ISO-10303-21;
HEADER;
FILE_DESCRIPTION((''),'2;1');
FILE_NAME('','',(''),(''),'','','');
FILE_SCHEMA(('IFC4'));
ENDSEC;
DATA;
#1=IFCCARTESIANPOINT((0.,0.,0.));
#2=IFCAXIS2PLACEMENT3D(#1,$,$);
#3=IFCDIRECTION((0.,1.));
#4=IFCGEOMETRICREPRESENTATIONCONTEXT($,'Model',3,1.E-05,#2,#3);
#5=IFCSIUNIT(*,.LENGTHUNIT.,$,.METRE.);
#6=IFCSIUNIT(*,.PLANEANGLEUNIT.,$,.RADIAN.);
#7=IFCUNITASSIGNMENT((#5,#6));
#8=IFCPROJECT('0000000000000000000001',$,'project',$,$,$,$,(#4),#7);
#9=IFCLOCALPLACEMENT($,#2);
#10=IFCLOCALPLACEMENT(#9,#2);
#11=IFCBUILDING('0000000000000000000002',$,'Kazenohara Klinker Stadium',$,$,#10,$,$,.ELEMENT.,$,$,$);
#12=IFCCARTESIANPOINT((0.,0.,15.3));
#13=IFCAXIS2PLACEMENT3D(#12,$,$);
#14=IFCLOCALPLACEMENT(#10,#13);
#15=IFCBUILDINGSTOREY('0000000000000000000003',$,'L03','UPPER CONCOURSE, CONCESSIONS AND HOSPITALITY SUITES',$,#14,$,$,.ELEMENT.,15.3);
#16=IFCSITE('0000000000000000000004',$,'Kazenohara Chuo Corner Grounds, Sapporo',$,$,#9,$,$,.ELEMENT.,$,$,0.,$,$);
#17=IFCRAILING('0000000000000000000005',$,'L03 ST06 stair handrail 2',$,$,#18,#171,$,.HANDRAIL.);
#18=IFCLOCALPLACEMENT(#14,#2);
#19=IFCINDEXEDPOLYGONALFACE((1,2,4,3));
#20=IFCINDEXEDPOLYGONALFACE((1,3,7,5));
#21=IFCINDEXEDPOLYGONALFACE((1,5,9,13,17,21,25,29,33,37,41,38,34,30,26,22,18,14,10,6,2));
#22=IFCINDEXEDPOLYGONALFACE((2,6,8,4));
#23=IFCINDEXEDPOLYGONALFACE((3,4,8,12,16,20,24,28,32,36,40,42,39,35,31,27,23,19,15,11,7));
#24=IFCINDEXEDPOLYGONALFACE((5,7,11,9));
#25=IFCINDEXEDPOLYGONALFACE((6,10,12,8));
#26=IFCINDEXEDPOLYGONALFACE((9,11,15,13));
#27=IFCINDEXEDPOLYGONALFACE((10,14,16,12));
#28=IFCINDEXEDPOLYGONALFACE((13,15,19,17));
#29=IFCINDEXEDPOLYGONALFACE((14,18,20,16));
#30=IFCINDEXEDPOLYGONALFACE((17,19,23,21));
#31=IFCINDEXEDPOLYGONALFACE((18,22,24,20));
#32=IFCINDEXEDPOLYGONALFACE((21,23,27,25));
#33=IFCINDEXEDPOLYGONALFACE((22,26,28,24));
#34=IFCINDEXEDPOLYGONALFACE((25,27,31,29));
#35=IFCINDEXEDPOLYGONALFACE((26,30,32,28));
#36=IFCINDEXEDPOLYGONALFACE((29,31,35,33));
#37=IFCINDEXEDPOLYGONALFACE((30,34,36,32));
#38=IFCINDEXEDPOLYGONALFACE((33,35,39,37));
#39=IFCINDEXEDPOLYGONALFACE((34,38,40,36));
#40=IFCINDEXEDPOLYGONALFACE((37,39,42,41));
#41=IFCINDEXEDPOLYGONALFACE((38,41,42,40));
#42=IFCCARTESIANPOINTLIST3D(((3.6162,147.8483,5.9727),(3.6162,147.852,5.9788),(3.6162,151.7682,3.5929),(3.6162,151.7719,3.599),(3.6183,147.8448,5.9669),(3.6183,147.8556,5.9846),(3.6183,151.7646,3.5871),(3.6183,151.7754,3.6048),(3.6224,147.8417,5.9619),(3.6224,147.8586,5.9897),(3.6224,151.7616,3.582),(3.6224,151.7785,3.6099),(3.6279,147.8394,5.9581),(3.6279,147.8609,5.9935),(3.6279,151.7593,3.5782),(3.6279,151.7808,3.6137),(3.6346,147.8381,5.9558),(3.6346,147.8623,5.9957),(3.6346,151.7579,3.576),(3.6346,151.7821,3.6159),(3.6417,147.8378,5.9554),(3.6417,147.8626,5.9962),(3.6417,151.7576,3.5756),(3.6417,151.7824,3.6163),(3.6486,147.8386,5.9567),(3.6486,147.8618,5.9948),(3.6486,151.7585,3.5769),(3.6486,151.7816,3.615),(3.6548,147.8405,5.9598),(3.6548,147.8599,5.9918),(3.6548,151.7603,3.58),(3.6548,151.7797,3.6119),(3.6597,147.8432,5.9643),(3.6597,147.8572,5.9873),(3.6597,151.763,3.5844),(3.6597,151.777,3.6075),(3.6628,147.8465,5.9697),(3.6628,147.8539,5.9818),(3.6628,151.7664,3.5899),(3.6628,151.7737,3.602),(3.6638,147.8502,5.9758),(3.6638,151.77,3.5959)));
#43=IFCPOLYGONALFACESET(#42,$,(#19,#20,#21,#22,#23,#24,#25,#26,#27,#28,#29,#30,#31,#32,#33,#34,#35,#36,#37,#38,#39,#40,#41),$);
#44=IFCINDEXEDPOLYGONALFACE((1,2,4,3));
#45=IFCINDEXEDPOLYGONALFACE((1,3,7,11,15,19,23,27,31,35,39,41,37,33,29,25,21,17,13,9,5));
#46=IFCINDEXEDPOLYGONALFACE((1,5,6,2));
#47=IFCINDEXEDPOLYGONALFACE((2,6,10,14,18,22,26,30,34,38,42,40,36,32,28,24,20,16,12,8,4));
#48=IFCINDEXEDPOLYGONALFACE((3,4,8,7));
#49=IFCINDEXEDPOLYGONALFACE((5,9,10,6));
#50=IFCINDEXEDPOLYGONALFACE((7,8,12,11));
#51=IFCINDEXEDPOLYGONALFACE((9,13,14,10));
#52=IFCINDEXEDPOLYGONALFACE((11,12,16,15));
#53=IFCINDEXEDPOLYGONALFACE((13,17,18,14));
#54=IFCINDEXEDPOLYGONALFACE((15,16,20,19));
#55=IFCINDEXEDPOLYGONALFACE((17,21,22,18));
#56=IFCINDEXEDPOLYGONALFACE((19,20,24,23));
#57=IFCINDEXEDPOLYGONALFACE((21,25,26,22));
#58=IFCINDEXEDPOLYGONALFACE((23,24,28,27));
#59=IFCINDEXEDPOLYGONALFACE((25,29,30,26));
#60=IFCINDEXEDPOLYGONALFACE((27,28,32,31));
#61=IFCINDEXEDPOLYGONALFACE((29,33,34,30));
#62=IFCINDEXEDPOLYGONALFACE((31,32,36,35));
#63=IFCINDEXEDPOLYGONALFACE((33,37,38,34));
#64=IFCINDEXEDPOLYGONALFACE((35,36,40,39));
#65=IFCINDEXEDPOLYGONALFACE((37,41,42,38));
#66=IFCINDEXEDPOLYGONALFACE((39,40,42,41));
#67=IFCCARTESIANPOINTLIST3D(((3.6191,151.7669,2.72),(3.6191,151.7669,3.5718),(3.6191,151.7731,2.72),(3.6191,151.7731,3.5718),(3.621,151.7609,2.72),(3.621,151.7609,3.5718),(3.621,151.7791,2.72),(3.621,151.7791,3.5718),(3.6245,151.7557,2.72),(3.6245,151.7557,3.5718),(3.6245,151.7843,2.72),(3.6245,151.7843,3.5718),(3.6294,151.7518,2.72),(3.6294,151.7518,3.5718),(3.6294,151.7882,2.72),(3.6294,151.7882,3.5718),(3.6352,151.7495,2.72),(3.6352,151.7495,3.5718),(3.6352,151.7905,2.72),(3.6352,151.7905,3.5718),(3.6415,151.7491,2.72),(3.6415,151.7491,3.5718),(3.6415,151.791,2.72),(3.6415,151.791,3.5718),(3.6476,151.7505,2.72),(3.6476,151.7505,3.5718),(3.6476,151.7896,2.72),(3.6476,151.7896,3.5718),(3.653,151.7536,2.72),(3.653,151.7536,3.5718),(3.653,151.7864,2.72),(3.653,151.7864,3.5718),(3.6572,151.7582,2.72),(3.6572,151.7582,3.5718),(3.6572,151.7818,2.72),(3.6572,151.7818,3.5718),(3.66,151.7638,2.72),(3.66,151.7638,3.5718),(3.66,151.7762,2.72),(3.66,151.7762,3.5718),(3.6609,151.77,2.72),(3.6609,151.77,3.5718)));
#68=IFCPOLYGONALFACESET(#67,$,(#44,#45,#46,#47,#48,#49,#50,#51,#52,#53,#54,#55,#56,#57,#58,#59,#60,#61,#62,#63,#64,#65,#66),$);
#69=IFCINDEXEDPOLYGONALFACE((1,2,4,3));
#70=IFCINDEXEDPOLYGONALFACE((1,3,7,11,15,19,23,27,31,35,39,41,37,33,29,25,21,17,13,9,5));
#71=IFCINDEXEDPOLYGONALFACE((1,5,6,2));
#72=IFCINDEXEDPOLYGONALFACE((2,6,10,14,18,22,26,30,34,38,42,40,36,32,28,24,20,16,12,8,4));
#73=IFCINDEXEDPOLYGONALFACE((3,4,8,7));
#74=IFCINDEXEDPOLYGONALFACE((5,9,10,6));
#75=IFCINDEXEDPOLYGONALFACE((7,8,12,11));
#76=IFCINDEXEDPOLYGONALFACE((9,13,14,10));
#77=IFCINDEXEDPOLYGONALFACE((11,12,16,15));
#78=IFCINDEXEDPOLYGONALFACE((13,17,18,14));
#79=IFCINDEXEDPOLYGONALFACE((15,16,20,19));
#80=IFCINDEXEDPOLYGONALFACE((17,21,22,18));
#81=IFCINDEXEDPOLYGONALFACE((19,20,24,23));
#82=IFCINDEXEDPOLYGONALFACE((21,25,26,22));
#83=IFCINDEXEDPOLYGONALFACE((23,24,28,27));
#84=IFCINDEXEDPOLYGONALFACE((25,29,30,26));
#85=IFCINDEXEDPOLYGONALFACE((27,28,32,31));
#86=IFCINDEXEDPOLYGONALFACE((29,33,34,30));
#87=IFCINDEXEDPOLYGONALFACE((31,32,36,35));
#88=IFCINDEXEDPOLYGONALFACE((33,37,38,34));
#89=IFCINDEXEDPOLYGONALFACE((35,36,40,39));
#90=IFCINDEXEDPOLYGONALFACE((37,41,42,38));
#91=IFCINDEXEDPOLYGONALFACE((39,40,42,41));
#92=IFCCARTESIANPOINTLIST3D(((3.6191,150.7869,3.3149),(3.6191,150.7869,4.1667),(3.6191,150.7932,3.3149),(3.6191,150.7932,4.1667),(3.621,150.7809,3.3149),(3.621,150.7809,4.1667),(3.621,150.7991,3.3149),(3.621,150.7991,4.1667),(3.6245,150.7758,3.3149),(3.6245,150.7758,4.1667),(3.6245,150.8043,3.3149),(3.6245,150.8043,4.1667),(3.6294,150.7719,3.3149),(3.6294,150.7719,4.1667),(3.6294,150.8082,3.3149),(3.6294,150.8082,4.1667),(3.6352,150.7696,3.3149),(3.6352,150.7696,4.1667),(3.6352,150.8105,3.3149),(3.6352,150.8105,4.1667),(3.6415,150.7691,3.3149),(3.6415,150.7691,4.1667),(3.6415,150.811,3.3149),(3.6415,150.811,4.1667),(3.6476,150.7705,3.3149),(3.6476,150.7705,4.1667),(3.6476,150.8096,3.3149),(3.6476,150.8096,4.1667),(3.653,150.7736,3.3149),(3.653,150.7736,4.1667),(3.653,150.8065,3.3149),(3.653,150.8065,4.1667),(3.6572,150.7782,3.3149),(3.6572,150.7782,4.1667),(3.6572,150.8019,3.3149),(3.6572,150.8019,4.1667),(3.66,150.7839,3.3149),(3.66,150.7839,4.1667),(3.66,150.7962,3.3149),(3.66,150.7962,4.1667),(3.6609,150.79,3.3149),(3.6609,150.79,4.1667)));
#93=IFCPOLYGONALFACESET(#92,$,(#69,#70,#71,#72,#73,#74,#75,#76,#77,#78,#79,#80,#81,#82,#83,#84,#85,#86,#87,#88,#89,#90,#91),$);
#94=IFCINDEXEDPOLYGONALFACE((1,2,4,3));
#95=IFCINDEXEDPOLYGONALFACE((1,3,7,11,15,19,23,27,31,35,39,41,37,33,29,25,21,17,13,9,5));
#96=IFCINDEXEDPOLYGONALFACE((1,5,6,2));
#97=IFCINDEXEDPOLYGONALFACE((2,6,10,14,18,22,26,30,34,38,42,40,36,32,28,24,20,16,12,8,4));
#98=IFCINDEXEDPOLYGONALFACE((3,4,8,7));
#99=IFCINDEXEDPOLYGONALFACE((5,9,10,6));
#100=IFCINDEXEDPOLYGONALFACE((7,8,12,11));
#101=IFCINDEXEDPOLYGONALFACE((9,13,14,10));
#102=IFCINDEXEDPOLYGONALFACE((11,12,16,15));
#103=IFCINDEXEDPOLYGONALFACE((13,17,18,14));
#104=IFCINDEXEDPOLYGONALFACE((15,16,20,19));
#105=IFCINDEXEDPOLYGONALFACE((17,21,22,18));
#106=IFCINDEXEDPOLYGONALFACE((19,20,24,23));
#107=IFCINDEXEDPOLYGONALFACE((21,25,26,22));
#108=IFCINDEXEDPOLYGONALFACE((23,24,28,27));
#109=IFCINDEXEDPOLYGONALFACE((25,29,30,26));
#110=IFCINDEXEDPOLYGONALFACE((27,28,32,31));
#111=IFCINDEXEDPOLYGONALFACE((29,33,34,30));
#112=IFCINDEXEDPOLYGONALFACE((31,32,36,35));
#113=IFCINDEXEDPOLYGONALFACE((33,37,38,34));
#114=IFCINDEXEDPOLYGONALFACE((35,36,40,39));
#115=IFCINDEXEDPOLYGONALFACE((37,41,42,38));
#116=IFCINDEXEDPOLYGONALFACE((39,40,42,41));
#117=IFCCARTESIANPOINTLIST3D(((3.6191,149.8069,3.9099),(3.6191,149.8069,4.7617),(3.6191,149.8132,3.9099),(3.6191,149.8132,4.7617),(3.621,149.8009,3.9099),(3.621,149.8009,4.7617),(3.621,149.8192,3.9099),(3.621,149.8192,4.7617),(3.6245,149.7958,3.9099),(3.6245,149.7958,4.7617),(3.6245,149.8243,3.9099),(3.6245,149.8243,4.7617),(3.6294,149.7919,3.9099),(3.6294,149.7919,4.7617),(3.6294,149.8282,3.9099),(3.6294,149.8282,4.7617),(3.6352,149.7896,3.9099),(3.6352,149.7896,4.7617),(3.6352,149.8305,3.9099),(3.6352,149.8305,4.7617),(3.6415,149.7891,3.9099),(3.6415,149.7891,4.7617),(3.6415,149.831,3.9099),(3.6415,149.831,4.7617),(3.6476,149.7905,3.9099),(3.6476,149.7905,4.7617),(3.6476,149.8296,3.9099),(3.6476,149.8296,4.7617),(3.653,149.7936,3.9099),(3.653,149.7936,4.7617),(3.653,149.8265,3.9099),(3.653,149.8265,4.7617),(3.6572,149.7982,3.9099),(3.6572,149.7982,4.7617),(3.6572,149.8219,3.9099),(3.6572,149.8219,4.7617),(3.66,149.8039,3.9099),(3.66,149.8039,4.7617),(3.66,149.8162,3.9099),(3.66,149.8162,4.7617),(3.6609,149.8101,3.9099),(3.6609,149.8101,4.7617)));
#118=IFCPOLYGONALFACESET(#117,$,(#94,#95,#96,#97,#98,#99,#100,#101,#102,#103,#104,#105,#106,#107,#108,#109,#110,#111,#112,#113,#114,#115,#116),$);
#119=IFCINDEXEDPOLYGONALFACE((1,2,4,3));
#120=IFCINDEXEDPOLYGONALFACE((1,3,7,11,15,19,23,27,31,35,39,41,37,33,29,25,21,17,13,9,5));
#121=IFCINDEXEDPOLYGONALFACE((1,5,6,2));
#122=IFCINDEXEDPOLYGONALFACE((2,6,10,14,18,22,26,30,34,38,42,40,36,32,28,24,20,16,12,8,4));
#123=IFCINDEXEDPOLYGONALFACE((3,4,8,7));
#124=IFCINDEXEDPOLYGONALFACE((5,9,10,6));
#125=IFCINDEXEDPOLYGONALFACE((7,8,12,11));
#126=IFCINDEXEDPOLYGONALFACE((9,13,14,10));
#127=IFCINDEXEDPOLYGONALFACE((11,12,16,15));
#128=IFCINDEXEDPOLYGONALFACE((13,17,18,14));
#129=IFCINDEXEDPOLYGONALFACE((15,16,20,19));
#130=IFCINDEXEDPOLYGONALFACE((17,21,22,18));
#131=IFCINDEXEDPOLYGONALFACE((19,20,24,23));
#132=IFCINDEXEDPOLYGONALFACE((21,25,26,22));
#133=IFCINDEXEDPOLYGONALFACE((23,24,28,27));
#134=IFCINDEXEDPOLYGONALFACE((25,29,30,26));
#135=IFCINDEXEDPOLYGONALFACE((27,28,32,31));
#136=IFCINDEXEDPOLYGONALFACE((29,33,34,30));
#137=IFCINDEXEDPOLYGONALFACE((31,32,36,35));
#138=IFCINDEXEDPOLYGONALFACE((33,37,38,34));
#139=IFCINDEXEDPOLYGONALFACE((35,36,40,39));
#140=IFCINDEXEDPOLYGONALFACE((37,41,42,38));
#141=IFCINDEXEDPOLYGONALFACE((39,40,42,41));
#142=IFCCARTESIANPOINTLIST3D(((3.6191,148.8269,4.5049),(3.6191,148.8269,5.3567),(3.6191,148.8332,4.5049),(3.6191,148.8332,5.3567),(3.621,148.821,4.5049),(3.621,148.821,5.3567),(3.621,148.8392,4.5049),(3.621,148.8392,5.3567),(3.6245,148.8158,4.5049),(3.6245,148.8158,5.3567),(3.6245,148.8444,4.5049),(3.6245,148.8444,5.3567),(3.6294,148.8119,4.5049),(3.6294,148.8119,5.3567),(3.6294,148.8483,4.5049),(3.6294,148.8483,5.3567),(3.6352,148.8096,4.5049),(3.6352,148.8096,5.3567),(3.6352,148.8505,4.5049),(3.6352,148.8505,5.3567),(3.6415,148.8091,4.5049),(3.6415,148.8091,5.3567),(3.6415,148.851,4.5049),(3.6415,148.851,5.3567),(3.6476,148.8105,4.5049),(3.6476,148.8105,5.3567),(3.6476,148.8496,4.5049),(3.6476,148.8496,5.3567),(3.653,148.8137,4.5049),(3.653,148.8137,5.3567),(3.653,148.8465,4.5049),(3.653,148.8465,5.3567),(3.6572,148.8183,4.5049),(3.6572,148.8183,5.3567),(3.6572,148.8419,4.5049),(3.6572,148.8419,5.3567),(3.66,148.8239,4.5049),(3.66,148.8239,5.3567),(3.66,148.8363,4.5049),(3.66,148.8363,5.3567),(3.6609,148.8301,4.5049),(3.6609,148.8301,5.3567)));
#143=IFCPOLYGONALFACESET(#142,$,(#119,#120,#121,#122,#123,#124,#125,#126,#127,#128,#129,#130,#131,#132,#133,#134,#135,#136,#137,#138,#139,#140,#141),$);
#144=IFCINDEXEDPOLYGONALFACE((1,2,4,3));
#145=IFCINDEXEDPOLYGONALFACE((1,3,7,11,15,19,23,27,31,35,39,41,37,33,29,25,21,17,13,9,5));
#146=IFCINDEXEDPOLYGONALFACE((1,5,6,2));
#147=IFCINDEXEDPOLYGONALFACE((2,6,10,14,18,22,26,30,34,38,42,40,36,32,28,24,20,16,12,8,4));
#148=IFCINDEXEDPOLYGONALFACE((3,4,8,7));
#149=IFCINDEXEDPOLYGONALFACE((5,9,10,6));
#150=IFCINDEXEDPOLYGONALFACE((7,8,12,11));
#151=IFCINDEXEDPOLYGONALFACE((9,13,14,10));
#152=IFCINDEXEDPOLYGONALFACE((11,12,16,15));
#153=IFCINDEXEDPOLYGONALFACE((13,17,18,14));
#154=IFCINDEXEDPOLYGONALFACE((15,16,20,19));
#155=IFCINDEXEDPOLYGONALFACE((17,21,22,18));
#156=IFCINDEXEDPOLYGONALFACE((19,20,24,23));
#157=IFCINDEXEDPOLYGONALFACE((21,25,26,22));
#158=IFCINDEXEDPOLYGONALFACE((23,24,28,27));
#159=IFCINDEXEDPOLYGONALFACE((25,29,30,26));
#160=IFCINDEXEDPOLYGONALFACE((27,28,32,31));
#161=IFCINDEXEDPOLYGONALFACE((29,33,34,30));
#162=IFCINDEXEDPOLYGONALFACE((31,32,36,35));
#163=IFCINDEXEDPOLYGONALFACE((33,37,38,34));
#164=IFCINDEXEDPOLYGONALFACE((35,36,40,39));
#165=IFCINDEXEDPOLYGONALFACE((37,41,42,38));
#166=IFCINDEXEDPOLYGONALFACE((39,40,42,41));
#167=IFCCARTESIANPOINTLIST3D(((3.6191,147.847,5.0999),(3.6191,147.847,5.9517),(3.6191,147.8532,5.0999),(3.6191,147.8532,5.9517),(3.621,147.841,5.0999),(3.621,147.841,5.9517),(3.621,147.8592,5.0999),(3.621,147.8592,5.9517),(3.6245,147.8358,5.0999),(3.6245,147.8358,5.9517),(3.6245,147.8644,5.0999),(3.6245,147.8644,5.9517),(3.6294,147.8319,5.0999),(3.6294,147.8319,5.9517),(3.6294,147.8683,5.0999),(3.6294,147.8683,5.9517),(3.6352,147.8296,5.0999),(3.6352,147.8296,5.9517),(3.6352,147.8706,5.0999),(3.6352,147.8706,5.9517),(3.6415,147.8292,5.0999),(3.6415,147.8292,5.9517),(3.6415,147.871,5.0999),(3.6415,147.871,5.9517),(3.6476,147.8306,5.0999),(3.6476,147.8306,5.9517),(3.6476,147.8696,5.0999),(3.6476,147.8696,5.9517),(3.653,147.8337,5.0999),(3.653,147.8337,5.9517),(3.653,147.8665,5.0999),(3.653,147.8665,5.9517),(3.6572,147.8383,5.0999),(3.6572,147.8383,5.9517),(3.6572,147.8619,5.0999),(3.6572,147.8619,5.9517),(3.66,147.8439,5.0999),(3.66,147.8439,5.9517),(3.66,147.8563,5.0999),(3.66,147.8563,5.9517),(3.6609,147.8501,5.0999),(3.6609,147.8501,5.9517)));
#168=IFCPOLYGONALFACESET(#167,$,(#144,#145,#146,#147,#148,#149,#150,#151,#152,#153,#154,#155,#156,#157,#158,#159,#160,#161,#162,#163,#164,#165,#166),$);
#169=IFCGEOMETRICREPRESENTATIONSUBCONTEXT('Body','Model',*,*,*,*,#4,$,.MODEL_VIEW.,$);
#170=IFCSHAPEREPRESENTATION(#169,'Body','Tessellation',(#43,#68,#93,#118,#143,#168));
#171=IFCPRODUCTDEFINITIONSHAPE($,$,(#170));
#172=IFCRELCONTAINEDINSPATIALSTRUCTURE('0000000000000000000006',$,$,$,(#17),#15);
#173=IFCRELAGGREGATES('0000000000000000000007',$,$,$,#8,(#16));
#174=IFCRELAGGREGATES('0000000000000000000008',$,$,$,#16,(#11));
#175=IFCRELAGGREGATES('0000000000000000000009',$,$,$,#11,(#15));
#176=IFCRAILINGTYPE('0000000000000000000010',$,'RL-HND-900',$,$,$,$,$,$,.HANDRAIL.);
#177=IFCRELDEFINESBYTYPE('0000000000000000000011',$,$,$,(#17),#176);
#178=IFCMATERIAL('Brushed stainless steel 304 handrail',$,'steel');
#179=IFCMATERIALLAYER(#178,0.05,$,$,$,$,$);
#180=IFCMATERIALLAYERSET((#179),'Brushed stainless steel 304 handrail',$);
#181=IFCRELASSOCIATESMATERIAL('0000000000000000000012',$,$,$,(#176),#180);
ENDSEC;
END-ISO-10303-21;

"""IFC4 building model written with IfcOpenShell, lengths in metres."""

from ifc_helpers import new_model, si_unit, direction, frame, origin, origin_2d, place, context, subcontext, project, spatial, circle, extrude, material, layer, layer_set, type_object, element, save


model = new_model("IFC4")

# Units and contexts
model_context = context("Model", 3, precision=1e-05, world=origin(), true_north=direction((0.0, 1.0)))
body_context = subcontext(model_context, "Body", "Model", "MODEL_VIEW")
ifc_project = project(units=[si_unit("LENGTHUNIT", "METRE"), si_unit("PLANEANGLEUNIT", "RADIAN")], contexts=[model_context])

# Site, building, storey
site_placement = place(None, origin())
site = spatial("IfcSite", under=ifc_project, at=site_placement, Name="Kazenohara Chuo Corner Grounds, Sapporo", CompositionType="ELEMENT", RefElevation=0.0)
building_placement = place(site_placement, origin())
building = spatial("IfcBuilding", under=site, at=building_placement, Name="Kazenohara Klinker Stadium", CompositionType="ELEMENT")
storey_placement = place(building_placement, frame((0.0, 0.0, 15.3)))
storey = spatial("IfcBuildingStorey", under=building, at=storey_placement, Name="L03", Description="UPPER CONCOURSE, CONCESSIONS AND HOSPITALITY SUITES", CompositionType="ELEMENT", Elevation=15.3)

# Railing
ifc_material_1 = material(Name="Brushed stainless steel 304 handrail", Category="steel")
ifc_layer_1 = layer(ifc_material_1, 0.05)
ifc_layer_set_1 = layer_set([ifc_layer_1], Name="Brushed stainless steel 304 handrail")
railing_type_1 = type_object("IfcRailingType", Name="RL-HND-900", PredefinedType="HANDRAIL", material=ifc_layer_set_1)
railing_1_placement = place(storey_placement, frame((3.6399, 151.77, 2.72)))
element("IfcRailing", 1, at=railing_1_placement, inside=storey, type_object=railing_type_1, Name="L03 ST06 stair handrail 2", PredefinedType="HANDRAIL", context=body_context, shape_type="SweptSolid", body=[
    extrude(circle(Radius=0.0239, at=origin_2d()), frame((0.0, 0.0, 0.876), z_axis=(0.0, -0.854794, 0.518967), x_axis=(1.0, 0.0, 0.0)), (0.0, 0.0, 1.0), 4.5857),
    extrude(circle(Radius=0.021, at=origin_2d()), origin(), (0.0, 0.0, 1.0), 0.8518),
    extrude(circle(Radius=0.021, at=origin_2d()), frame((0.0, -0.98, 0.595)), (0.0, 0.0, 1.0), 0.8518),
    extrude(circle(Radius=0.021, at=origin_2d()), frame((0.0, -1.96, 1.1899)), (0.0, 0.0, 1.0), 0.8518),
    extrude(circle(Radius=0.021, at=origin_2d()), frame((0.0, -2.9399, 1.7849)), (0.0, 0.0, 1.0), 0.8518),
    extrude(circle(Radius=0.021, at=origin_2d()), frame((0.0, -3.9199, 2.3799)), (0.0, 0.0, 1.0), 0.8518),
])

save(model, "model.ifc")
